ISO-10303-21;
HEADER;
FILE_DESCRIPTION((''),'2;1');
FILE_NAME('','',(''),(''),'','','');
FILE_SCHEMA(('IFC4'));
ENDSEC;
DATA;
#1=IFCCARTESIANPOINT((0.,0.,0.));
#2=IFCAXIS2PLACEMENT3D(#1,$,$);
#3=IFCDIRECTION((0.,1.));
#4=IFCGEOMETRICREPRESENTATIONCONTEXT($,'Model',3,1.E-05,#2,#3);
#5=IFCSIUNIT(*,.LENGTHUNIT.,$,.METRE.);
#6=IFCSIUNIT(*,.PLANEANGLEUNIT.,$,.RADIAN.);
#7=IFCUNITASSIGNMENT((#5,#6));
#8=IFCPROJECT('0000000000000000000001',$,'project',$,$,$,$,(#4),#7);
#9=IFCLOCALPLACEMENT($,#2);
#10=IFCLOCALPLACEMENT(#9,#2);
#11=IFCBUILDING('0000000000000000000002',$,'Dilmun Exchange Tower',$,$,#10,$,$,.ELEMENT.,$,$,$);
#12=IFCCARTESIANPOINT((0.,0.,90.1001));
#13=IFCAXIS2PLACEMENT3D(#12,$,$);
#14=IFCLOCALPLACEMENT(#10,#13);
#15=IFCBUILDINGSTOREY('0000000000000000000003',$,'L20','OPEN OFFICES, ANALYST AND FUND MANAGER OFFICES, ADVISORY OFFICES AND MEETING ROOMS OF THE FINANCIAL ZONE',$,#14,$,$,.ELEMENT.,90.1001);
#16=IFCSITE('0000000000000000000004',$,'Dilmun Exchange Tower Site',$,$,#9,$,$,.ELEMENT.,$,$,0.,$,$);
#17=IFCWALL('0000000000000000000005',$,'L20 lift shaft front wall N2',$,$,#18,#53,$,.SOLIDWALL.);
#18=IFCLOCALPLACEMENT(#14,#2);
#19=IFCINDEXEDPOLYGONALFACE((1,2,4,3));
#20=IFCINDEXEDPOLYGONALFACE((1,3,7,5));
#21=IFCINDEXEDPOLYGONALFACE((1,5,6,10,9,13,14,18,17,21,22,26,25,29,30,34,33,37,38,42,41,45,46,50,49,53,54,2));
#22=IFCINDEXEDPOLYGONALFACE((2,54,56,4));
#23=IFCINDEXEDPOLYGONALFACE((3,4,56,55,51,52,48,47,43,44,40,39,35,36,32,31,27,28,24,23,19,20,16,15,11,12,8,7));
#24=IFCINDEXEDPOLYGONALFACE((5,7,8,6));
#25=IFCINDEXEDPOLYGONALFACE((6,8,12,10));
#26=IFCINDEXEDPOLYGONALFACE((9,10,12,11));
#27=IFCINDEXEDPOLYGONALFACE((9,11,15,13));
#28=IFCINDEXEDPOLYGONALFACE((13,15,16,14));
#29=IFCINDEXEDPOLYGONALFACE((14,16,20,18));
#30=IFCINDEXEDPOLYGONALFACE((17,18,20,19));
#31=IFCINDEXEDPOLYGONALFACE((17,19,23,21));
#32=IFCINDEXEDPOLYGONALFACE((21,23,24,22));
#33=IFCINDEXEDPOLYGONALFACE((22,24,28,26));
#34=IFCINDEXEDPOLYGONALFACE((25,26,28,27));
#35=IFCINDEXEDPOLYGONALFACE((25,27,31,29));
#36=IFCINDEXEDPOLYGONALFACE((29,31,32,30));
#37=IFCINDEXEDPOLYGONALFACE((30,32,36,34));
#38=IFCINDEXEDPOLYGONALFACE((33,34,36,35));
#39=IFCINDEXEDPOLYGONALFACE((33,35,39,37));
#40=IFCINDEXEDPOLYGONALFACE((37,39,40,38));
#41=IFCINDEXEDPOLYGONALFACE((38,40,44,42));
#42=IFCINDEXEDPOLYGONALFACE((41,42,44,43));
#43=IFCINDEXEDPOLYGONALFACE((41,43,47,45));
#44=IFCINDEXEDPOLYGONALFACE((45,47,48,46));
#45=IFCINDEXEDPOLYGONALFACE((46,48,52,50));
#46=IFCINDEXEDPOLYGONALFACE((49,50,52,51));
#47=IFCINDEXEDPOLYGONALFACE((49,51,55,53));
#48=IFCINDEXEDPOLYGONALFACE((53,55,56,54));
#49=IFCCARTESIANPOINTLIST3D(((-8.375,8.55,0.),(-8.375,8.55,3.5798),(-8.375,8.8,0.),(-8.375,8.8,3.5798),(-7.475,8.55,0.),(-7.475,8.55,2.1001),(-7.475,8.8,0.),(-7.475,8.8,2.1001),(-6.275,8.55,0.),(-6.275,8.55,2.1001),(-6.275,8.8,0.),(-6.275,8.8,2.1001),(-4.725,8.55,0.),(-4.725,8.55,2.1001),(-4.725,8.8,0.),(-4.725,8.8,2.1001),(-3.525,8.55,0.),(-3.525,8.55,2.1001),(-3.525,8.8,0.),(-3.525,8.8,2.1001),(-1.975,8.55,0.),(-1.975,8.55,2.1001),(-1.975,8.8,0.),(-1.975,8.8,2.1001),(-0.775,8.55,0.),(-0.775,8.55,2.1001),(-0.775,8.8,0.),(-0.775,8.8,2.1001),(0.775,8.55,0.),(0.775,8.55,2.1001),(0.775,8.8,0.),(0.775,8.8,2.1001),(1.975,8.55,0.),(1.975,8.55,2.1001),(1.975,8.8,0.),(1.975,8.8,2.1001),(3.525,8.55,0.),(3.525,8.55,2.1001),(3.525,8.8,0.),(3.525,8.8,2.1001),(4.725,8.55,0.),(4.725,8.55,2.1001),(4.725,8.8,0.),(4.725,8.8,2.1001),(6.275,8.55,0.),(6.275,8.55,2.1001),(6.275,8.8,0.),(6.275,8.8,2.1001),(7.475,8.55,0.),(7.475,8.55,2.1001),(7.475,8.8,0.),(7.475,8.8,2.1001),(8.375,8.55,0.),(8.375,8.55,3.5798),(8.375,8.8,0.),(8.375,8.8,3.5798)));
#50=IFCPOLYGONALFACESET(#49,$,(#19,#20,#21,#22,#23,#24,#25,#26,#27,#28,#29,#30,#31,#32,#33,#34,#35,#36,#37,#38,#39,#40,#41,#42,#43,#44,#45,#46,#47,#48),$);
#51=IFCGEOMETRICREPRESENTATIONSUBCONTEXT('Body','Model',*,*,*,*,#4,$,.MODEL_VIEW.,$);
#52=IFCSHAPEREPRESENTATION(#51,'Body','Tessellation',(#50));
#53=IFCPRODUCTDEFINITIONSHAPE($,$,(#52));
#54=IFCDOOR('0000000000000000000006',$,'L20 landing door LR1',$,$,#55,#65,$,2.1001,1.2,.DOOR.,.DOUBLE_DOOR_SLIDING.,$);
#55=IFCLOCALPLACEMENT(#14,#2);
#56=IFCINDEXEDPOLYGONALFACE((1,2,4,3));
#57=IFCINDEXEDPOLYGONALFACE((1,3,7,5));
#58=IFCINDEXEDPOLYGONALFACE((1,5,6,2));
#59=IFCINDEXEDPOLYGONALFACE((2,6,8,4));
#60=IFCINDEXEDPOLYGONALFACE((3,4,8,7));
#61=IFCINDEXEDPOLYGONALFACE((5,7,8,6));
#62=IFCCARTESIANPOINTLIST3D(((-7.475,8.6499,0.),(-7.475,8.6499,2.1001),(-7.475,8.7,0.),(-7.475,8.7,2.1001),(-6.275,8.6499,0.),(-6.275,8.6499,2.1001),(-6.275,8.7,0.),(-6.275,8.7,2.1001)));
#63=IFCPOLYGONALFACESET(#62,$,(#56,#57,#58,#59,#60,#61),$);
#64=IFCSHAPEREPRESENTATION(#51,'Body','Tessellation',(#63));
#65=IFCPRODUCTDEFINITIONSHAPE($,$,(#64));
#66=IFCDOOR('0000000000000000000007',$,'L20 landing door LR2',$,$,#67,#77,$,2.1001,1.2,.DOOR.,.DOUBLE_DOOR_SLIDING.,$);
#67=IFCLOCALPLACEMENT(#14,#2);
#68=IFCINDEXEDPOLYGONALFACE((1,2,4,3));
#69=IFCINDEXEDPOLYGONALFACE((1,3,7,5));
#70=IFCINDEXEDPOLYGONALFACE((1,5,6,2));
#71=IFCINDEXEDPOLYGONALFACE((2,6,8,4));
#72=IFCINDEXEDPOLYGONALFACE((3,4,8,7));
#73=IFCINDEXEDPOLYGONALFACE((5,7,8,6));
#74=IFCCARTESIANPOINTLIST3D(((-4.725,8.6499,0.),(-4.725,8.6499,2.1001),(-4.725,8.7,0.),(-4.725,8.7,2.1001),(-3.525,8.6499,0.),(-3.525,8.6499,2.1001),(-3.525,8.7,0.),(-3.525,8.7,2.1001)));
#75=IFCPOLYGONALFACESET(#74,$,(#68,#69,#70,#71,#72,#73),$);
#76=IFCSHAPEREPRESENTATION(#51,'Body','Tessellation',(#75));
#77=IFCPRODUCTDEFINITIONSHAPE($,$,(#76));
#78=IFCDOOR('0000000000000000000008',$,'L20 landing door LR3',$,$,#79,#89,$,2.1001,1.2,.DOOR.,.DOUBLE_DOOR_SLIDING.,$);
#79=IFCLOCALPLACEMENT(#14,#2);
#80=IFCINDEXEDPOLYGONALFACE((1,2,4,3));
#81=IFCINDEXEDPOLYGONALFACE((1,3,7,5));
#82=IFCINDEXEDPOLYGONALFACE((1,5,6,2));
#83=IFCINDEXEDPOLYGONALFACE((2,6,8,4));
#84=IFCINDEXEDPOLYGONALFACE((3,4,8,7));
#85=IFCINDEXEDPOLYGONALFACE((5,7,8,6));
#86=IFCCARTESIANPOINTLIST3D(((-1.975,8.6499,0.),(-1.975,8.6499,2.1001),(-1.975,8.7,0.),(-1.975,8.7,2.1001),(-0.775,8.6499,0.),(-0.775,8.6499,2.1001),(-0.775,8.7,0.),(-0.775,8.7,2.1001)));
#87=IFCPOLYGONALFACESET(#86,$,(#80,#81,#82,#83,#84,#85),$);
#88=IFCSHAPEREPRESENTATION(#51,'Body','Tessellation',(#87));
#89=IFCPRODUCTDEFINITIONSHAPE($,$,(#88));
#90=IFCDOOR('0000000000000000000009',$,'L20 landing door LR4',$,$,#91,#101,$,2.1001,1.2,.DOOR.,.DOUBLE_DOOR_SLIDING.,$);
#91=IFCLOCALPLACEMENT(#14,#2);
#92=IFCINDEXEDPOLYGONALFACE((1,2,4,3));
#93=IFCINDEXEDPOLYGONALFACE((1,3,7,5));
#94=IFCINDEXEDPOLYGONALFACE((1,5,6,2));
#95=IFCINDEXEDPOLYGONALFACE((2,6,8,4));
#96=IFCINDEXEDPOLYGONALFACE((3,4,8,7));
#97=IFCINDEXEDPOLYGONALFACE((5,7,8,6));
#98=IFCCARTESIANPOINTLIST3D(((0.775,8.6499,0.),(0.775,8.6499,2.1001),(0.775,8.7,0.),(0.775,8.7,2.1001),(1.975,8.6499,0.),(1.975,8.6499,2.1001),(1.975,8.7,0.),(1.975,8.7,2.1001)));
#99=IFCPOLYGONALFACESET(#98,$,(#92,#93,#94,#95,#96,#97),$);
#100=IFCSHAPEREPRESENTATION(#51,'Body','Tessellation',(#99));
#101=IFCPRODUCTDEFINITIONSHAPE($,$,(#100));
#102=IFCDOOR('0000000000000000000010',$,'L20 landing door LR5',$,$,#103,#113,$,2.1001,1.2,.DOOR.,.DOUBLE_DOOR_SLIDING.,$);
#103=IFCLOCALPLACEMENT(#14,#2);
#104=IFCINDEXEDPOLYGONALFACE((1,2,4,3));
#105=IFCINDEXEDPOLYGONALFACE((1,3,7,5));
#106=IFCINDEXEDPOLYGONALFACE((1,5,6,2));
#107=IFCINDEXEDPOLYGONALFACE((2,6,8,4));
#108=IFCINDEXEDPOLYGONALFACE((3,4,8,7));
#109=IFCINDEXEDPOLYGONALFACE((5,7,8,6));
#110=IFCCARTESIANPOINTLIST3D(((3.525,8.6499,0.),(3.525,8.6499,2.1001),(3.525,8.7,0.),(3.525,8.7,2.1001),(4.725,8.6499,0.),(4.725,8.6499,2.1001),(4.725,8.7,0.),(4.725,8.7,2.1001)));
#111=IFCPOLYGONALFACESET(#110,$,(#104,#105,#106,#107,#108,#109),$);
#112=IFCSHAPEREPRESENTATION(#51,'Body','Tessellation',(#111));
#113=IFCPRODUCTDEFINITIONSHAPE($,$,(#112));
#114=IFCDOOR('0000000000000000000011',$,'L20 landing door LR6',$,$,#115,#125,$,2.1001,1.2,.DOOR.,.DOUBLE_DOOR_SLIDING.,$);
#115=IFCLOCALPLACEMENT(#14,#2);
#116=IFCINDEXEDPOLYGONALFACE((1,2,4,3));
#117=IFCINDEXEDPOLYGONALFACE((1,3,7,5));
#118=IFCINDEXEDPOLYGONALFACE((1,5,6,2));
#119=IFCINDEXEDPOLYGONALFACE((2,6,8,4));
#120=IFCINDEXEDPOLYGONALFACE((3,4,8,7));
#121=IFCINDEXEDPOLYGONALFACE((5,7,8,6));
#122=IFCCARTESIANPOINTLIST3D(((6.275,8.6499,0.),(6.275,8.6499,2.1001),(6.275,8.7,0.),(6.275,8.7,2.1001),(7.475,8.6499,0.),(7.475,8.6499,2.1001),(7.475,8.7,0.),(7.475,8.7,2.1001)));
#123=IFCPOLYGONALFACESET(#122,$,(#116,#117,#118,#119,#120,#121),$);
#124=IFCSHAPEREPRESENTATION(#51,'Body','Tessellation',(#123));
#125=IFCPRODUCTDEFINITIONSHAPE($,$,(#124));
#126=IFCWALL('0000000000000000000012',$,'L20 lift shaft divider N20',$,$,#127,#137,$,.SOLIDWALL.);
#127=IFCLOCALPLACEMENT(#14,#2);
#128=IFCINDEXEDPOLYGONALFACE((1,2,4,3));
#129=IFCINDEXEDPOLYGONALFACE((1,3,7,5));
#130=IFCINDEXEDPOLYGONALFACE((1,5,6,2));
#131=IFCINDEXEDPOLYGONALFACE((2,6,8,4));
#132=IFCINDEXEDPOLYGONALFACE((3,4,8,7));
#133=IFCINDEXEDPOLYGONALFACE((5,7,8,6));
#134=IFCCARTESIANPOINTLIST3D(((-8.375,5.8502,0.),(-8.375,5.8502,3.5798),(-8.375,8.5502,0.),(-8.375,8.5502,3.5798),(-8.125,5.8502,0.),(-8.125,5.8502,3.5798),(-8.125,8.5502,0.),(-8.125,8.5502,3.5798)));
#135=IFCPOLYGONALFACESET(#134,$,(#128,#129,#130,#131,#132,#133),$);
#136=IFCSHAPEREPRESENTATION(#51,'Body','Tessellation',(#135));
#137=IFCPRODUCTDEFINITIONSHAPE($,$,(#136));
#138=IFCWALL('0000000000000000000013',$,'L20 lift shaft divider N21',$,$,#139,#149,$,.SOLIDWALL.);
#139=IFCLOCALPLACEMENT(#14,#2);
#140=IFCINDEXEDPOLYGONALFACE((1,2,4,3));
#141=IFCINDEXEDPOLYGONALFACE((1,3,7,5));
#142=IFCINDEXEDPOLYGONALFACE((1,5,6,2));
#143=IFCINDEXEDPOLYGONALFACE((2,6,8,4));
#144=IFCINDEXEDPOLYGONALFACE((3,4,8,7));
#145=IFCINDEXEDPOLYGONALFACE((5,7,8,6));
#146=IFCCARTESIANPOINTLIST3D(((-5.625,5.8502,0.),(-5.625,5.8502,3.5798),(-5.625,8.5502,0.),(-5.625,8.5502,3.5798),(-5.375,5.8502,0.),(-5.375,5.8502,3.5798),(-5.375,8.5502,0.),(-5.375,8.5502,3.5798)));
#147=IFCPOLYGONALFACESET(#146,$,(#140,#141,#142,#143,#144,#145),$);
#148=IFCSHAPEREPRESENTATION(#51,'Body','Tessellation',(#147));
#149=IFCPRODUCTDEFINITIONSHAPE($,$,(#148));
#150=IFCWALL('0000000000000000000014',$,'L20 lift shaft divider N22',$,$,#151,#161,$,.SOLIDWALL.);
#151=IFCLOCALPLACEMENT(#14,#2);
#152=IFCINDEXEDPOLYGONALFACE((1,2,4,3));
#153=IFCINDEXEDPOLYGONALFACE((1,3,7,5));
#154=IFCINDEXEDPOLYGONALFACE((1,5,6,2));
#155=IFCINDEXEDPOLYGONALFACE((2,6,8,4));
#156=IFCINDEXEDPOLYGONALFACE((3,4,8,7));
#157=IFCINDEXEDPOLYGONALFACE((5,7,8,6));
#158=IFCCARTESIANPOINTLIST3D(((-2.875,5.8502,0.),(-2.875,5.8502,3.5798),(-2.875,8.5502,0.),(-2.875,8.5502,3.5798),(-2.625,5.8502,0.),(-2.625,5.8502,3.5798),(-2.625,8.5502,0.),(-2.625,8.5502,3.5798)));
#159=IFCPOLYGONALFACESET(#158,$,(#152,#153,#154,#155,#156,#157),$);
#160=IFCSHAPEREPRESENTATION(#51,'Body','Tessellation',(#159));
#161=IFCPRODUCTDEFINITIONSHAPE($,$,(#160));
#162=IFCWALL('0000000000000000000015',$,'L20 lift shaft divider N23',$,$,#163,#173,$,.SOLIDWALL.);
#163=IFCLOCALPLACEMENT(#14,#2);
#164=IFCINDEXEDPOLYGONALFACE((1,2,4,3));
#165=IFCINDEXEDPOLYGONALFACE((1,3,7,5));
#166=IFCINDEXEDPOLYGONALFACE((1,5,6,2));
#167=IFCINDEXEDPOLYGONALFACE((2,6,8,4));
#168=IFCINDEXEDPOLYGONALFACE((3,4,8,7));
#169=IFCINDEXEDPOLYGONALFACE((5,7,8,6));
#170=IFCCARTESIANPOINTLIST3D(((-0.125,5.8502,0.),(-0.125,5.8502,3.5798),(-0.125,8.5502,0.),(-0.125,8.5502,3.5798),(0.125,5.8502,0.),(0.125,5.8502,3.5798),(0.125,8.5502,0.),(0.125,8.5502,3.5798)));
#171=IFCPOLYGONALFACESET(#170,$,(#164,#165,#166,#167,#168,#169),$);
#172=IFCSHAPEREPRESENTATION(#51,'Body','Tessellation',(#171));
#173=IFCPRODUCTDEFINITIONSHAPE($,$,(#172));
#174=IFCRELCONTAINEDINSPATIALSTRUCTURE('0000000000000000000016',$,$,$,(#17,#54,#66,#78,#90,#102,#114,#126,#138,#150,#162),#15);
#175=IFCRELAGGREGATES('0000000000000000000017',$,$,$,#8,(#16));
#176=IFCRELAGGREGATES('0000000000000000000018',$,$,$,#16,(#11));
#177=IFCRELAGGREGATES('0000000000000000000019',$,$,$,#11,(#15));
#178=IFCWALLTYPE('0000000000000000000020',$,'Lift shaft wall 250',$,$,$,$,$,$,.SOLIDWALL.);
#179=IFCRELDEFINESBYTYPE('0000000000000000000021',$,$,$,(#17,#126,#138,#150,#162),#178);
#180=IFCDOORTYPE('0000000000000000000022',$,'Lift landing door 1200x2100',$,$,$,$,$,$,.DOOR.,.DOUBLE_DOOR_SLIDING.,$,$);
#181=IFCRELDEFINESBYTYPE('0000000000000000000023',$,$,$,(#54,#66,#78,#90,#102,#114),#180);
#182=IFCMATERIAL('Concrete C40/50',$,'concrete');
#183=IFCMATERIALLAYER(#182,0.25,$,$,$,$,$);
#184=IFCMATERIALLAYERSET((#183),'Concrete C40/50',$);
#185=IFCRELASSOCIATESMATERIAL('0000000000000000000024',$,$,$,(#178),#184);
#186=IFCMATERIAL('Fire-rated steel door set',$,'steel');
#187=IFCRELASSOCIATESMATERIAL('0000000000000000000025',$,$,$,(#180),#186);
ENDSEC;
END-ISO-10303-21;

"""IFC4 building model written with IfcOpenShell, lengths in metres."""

from ifc_helpers import new_model, si_unit, direction, frame, frame_2d, origin, place, context, subcontext, project, spatial, rectangle, extrude, material, layer, layer_set, type_object, element, fill, save


model = new_model("IFC4")

# Units and contexts
model_context = context("Model", 3, precision=1e-05, world=origin(), true_north=direction((0.0, 1.0)))
body_context = subcontext(model_context, "Body", "Model", "MODEL_VIEW")
ifc_project = project(units=[si_unit("LENGTHUNIT", "METRE"), si_unit("PLANEANGLEUNIT", "RADIAN")], contexts=[model_context])

# Site, building, storey
site_placement = place(None, origin())
site = spatial("IfcSite", under=ifc_project, at=site_placement, Name="Dilmun Exchange Tower Site", CompositionType="ELEMENT", RefElevation=0.0)
building_placement = place(site_placement, origin())
building = spatial("IfcBuilding", under=site, at=building_placement, Name="Dilmun Exchange Tower", CompositionType="ELEMENT")
storey_placement = place(building_placement, frame((0.0, 0.0, 90.1001)))
storey = spatial("IfcBuildingStorey", under=building, at=storey_placement, Name="L20", Description="OPEN OFFICES, ANALYST AND FUND MANAGER OFFICES, ADVISORY OFFICES AND MEETING ROOMS OF THE FINANCIAL ZONE", CompositionType="ELEMENT", Elevation=90.1001)

# Shared definitions
ifc_material_1 = material(Name="Concrete C40/50", Category="concrete")

# Shared definitions
ifc_material_2 = material(Name="Fire-rated steel door set", Category="steel")

# Wall, openings, doors
ifc_layer_1 = layer(ifc_material_1, 0.25)
ifc_layer_set_1 = layer_set([ifc_layer_1], Name="Concrete C40/50")
wall_type_1 = type_object("IfcWallType", Name="Lift shaft wall 250", PredefinedType="SOLIDWALL", material=ifc_layer_set_1)
wall_1_placement = place(storey_placement, frame((-8.375, 8.675, 0.0), z_axis=(0.0, 0.0, 1.0), x_axis=(1.0, 0.0, 0.0)))
wall_1 = element("IfcWall", 1, at=wall_1_placement, inside=storey, type_object=wall_type_1, Name="L20 lift shaft front wall N2", PredefinedType="SOLIDWALL", context=body_context, shape_type="SweptSolid", body=[
    extrude(rectangle(XDim=16.75, YDim=0.25, at=frame_2d((8.375, 0.0))), origin(), (0.0, 0.0, 1.0), 3.5798),
])
opening_1_placement = place(wall_1_placement, frame((0.8999, 0.0, 0.0)))
opening_1 = element("IfcOpeningElement", 2, at=opening_1_placement, cuts=wall_1, PredefinedType="OPENING", context=body_context, shape_type="SweptSolid", body=[
    extrude(rectangle(XDim=1.2, YDim=2.1001, at=frame_2d((0.6001, 1.05))), frame((0.0, 0.135, 0.0), z_axis=(0.0, -1.0, 0.0), x_axis=(1.0, 0.0, 0.0)), (0.0, 0.0, 1.0), 0.27),
])
opening_2_placement = place(wall_1_placement, frame((3.6499, 0.0, 0.0)))
opening_2 = element("IfcOpeningElement", 3, at=opening_2_placement, cuts=wall_1, PredefinedType="OPENING", context=body_context, shape_type="SweptSolid", body=[
    extrude(rectangle(XDim=1.2, YDim=2.1001, at=frame_2d((0.6001, 1.05))), frame((0.0, 0.135, 0.0), z_axis=(0.0, -1.0, 0.0), x_axis=(1.0, 0.0, 0.0)), (0.0, 0.0, 1.0), 0.27),
])
opening_3_placement = place(wall_1_placement, frame((6.3999, 0.0, 0.0)))
opening_3 = element("IfcOpeningElement", 4, at=opening_3_placement, cuts=wall_1, PredefinedType="OPENING", context=body_context, shape_type="SweptSolid", body=[
    extrude(rectangle(XDim=1.2, YDim=2.1001, at=frame_2d((0.6001, 1.05))), frame((0.0, 0.135, 0.0), z_axis=(0.0, -1.0, 0.0), x_axis=(1.0, 0.0, 0.0)), (0.0, 0.0, 1.0), 0.27),
])
opening_4_placement = place(wall_1_placement, frame((9.1499, 0.0, 0.0)))
opening_4 = element("IfcOpeningElement", 5, at=opening_4_placement, cuts=wall_1, PredefinedType="OPENING", context=body_context, shape_type="SweptSolid", body=[
    extrude(rectangle(XDim=1.2, YDim=2.1001, at=frame_2d((0.6001, 1.05))), frame((0.0, 0.135, 0.0), z_axis=(0.0, -1.0, 0.0), x_axis=(1.0, 0.0, 0.0)), (0.0, 0.0, 1.0), 0.27),
])
opening_5_placement = place(wall_1_placement, frame((11.8999, 0.0, 0.0)))
opening_5 = element("IfcOpeningElement", 6, at=opening_5_placement, cuts=wall_1, PredefinedType="OPENING", context=body_context, shape_type="SweptSolid", body=[
    extrude(rectangle(XDim=1.2, YDim=2.1001, at=frame_2d((0.6001, 1.05))), frame((0.0, 0.135, 0.0), z_axis=(0.0, -1.0, 0.0), x_axis=(1.0, 0.0, 0.0)), (0.0, 0.0, 1.0), 0.27),
])
opening_6_placement = place(wall_1_placement, frame((14.6499, 0.0, 0.0)))
opening_6 = element("IfcOpeningElement", 7, at=opening_6_placement, cuts=wall_1, PredefinedType="OPENING", context=body_context, shape_type="SweptSolid", body=[
    extrude(rectangle(XDim=1.2, YDim=2.1001, at=frame_2d((0.6001, 1.05))), frame((0.0, 0.135, 0.0), z_axis=(0.0, -1.0, 0.0), x_axis=(1.0, 0.0, 0.0)), (0.0, 0.0, 1.0), 0.27),
])
door_type_1 = type_object("IfcDoorType", Name="Lift landing door 1200x2100", OperationType="DOUBLE_DOOR_SLIDING", PredefinedType="DOOR", material=ifc_material_2)
door_1_placement = place(opening_1_placement, origin())
door_1 = element("IfcDoor", 8, at=door_1_placement, inside=storey, type_object=door_type_1, Name="L20 landing door LR1", OperationType="DOUBLE_DOOR_SLIDING", OverallHeight=2.1001, OverallWidth=1.2, PredefinedType="DOOR", context=body_context, shape_type="SweptSolid", body=[
    extrude(rectangle(XDim=1.2, YDim=2.1001, at=frame_2d((0.6001, 1.05))), frame((0.0, 0.0249, 0.0), z_axis=(0.0, -1.0, 0.0), x_axis=(1.0, 0.0, 0.0)), (0.0, 0.0, 1.0), 0.05),
])
fill(opening_1, door_1)
door_2_placement = place(opening_2_placement, origin())
door_2 = element("IfcDoor", 9, at=door_2_placement, inside=storey, type_object=door_type_1, Name="L20 landing door LR2", OperationType="DOUBLE_DOOR_SLIDING", OverallHeight=2.1001, OverallWidth=1.2, PredefinedType="DOOR", context=body_context, shape_type="SweptSolid", body=[
    extrude(rectangle(XDim=1.2, YDim=2.1001, at=frame_2d((0.6001, 1.05))), frame((0.0, 0.0249, 0.0), z_axis=(0.0, -1.0, 0.0), x_axis=(1.0, 0.0, 0.0)), (0.0, 0.0, 1.0), 0.05),
])
fill(opening_2, door_2)
door_3_placement = place(opening_3_placement, origin())
door_3 = element("IfcDoor", 10, at=door_3_placement, inside=storey, type_object=door_type_1, Name="L20 landing door LR3", OperationType="DOUBLE_DOOR_SLIDING", OverallHeight=2.1001, OverallWidth=1.2, PredefinedType="DOOR", context=body_context, shape_type="SweptSolid", body=[
    extrude(rectangle(XDim=1.2, YDim=2.1001, at=frame_2d((0.6001, 1.05))), frame((0.0, 0.0249, 0.0), z_axis=(0.0, -1.0, 0.0), x_axis=(1.0, 0.0, 0.0)), (0.0, 0.0, 1.0), 0.05),
])
fill(opening_3, door_3)
door_4_placement = place(opening_4_placement, origin())
door_4 = element("IfcDoor", 11, at=door_4_placement, inside=storey, type_object=door_type_1, Name="L20 landing door LR4", OperationType="DOUBLE_DOOR_SLIDING", OverallHeight=2.1001, OverallWidth=1.2, PredefinedType="DOOR", context=body_context, shape_type="SweptSolid", body=[
    extrude(rectangle(XDim=1.2, YDim=2.1001, at=frame_2d((0.6001, 1.05))), frame((0.0, 0.0249, 0.0), z_axis=(0.0, -1.0, 0.0), x_axis=(1.0, 0.0, 0.0)), (0.0, 0.0, 1.0), 0.05),
])
fill(opening_4, door_4)
door_5_placement = place(opening_5_placement, origin())
door_5 = element("IfcDoor", 12, at=door_5_placement, inside=storey, type_object=door_type_1, Name="L20 landing door LR5", OperationType="DOUBLE_DOOR_SLIDING", OverallHeight=2.1001, OverallWidth=1.2, PredefinedType="DOOR", context=body_context, shape_type="SweptSolid", body=[
    extrude(rectangle(XDim=1.2, YDim=2.1001, at=frame_2d((0.6001, 1.05))), frame((0.0, 0.0249, 0.0), z_axis=(0.0, -1.0, 0.0), x_axis=(1.0, 0.0, 0.0)), (0.0, 0.0, 1.0), 0.05),
])
fill(opening_5, door_5)
door_6_placement = place(opening_6_placement, origin())
door_6 = element("IfcDoor", 13, at=door_6_placement, inside=storey, type_object=door_type_1, Name="L20 landing door LR6", OperationType="DOUBLE_DOOR_SLIDING", OverallHeight=2.1001, OverallWidth=1.2, PredefinedType="DOOR", context=body_context, shape_type="SweptSolid", body=[
    extrude(rectangle(XDim=1.2, YDim=2.1001, at=frame_2d((0.6001, 1.05))), frame((0.0, 0.0249, 0.0), z_axis=(0.0, -1.0, 0.0), x_axis=(1.0, 0.0, 0.0)), (0.0, 0.0, 1.0), 0.05),
])
fill(opening_6, door_6)

# Walls
for number, where, z_axis, x_axis, name in (
    (14, (-8.25, 5.8501, 0.0), (0.0, 0.0, 1.0), (0.0, 1.0, 0.0), "L20 lift shaft divider N20"),
    (15, (-5.5, 5.8501, 0.0), (0.0, 0.0, 1.0), (0.0, 1.0, 0.0), "L20 lift shaft divider N21"),
    (16, (-2.75, 5.8501, 0.0), (0.0, 0.0, 1.0), (0.0, 1.0, 0.0), "L20 lift shaft divider N22"),
    (17, (0.0, 5.8501, 0.0), (0.0, 0.0, 1.0), (0.0, 1.0, 0.0), "L20 lift shaft divider N23"),
):
    element("IfcWall", number, at=place(storey_placement, frame(where, z_axis=z_axis, x_axis=x_axis)), inside=storey, type_object=wall_type_1, Name=name, PredefinedType="SOLIDWALL", context=body_context, shape_type="SweptSolid", body=[
        extrude(rectangle(XDim=2.7, YDim=0.25, at=frame_2d((1.3501, 0.0))), origin(), (0.0, 0.0, 1.0), 3.5798),
    ])

save(model, "model.ifc")
